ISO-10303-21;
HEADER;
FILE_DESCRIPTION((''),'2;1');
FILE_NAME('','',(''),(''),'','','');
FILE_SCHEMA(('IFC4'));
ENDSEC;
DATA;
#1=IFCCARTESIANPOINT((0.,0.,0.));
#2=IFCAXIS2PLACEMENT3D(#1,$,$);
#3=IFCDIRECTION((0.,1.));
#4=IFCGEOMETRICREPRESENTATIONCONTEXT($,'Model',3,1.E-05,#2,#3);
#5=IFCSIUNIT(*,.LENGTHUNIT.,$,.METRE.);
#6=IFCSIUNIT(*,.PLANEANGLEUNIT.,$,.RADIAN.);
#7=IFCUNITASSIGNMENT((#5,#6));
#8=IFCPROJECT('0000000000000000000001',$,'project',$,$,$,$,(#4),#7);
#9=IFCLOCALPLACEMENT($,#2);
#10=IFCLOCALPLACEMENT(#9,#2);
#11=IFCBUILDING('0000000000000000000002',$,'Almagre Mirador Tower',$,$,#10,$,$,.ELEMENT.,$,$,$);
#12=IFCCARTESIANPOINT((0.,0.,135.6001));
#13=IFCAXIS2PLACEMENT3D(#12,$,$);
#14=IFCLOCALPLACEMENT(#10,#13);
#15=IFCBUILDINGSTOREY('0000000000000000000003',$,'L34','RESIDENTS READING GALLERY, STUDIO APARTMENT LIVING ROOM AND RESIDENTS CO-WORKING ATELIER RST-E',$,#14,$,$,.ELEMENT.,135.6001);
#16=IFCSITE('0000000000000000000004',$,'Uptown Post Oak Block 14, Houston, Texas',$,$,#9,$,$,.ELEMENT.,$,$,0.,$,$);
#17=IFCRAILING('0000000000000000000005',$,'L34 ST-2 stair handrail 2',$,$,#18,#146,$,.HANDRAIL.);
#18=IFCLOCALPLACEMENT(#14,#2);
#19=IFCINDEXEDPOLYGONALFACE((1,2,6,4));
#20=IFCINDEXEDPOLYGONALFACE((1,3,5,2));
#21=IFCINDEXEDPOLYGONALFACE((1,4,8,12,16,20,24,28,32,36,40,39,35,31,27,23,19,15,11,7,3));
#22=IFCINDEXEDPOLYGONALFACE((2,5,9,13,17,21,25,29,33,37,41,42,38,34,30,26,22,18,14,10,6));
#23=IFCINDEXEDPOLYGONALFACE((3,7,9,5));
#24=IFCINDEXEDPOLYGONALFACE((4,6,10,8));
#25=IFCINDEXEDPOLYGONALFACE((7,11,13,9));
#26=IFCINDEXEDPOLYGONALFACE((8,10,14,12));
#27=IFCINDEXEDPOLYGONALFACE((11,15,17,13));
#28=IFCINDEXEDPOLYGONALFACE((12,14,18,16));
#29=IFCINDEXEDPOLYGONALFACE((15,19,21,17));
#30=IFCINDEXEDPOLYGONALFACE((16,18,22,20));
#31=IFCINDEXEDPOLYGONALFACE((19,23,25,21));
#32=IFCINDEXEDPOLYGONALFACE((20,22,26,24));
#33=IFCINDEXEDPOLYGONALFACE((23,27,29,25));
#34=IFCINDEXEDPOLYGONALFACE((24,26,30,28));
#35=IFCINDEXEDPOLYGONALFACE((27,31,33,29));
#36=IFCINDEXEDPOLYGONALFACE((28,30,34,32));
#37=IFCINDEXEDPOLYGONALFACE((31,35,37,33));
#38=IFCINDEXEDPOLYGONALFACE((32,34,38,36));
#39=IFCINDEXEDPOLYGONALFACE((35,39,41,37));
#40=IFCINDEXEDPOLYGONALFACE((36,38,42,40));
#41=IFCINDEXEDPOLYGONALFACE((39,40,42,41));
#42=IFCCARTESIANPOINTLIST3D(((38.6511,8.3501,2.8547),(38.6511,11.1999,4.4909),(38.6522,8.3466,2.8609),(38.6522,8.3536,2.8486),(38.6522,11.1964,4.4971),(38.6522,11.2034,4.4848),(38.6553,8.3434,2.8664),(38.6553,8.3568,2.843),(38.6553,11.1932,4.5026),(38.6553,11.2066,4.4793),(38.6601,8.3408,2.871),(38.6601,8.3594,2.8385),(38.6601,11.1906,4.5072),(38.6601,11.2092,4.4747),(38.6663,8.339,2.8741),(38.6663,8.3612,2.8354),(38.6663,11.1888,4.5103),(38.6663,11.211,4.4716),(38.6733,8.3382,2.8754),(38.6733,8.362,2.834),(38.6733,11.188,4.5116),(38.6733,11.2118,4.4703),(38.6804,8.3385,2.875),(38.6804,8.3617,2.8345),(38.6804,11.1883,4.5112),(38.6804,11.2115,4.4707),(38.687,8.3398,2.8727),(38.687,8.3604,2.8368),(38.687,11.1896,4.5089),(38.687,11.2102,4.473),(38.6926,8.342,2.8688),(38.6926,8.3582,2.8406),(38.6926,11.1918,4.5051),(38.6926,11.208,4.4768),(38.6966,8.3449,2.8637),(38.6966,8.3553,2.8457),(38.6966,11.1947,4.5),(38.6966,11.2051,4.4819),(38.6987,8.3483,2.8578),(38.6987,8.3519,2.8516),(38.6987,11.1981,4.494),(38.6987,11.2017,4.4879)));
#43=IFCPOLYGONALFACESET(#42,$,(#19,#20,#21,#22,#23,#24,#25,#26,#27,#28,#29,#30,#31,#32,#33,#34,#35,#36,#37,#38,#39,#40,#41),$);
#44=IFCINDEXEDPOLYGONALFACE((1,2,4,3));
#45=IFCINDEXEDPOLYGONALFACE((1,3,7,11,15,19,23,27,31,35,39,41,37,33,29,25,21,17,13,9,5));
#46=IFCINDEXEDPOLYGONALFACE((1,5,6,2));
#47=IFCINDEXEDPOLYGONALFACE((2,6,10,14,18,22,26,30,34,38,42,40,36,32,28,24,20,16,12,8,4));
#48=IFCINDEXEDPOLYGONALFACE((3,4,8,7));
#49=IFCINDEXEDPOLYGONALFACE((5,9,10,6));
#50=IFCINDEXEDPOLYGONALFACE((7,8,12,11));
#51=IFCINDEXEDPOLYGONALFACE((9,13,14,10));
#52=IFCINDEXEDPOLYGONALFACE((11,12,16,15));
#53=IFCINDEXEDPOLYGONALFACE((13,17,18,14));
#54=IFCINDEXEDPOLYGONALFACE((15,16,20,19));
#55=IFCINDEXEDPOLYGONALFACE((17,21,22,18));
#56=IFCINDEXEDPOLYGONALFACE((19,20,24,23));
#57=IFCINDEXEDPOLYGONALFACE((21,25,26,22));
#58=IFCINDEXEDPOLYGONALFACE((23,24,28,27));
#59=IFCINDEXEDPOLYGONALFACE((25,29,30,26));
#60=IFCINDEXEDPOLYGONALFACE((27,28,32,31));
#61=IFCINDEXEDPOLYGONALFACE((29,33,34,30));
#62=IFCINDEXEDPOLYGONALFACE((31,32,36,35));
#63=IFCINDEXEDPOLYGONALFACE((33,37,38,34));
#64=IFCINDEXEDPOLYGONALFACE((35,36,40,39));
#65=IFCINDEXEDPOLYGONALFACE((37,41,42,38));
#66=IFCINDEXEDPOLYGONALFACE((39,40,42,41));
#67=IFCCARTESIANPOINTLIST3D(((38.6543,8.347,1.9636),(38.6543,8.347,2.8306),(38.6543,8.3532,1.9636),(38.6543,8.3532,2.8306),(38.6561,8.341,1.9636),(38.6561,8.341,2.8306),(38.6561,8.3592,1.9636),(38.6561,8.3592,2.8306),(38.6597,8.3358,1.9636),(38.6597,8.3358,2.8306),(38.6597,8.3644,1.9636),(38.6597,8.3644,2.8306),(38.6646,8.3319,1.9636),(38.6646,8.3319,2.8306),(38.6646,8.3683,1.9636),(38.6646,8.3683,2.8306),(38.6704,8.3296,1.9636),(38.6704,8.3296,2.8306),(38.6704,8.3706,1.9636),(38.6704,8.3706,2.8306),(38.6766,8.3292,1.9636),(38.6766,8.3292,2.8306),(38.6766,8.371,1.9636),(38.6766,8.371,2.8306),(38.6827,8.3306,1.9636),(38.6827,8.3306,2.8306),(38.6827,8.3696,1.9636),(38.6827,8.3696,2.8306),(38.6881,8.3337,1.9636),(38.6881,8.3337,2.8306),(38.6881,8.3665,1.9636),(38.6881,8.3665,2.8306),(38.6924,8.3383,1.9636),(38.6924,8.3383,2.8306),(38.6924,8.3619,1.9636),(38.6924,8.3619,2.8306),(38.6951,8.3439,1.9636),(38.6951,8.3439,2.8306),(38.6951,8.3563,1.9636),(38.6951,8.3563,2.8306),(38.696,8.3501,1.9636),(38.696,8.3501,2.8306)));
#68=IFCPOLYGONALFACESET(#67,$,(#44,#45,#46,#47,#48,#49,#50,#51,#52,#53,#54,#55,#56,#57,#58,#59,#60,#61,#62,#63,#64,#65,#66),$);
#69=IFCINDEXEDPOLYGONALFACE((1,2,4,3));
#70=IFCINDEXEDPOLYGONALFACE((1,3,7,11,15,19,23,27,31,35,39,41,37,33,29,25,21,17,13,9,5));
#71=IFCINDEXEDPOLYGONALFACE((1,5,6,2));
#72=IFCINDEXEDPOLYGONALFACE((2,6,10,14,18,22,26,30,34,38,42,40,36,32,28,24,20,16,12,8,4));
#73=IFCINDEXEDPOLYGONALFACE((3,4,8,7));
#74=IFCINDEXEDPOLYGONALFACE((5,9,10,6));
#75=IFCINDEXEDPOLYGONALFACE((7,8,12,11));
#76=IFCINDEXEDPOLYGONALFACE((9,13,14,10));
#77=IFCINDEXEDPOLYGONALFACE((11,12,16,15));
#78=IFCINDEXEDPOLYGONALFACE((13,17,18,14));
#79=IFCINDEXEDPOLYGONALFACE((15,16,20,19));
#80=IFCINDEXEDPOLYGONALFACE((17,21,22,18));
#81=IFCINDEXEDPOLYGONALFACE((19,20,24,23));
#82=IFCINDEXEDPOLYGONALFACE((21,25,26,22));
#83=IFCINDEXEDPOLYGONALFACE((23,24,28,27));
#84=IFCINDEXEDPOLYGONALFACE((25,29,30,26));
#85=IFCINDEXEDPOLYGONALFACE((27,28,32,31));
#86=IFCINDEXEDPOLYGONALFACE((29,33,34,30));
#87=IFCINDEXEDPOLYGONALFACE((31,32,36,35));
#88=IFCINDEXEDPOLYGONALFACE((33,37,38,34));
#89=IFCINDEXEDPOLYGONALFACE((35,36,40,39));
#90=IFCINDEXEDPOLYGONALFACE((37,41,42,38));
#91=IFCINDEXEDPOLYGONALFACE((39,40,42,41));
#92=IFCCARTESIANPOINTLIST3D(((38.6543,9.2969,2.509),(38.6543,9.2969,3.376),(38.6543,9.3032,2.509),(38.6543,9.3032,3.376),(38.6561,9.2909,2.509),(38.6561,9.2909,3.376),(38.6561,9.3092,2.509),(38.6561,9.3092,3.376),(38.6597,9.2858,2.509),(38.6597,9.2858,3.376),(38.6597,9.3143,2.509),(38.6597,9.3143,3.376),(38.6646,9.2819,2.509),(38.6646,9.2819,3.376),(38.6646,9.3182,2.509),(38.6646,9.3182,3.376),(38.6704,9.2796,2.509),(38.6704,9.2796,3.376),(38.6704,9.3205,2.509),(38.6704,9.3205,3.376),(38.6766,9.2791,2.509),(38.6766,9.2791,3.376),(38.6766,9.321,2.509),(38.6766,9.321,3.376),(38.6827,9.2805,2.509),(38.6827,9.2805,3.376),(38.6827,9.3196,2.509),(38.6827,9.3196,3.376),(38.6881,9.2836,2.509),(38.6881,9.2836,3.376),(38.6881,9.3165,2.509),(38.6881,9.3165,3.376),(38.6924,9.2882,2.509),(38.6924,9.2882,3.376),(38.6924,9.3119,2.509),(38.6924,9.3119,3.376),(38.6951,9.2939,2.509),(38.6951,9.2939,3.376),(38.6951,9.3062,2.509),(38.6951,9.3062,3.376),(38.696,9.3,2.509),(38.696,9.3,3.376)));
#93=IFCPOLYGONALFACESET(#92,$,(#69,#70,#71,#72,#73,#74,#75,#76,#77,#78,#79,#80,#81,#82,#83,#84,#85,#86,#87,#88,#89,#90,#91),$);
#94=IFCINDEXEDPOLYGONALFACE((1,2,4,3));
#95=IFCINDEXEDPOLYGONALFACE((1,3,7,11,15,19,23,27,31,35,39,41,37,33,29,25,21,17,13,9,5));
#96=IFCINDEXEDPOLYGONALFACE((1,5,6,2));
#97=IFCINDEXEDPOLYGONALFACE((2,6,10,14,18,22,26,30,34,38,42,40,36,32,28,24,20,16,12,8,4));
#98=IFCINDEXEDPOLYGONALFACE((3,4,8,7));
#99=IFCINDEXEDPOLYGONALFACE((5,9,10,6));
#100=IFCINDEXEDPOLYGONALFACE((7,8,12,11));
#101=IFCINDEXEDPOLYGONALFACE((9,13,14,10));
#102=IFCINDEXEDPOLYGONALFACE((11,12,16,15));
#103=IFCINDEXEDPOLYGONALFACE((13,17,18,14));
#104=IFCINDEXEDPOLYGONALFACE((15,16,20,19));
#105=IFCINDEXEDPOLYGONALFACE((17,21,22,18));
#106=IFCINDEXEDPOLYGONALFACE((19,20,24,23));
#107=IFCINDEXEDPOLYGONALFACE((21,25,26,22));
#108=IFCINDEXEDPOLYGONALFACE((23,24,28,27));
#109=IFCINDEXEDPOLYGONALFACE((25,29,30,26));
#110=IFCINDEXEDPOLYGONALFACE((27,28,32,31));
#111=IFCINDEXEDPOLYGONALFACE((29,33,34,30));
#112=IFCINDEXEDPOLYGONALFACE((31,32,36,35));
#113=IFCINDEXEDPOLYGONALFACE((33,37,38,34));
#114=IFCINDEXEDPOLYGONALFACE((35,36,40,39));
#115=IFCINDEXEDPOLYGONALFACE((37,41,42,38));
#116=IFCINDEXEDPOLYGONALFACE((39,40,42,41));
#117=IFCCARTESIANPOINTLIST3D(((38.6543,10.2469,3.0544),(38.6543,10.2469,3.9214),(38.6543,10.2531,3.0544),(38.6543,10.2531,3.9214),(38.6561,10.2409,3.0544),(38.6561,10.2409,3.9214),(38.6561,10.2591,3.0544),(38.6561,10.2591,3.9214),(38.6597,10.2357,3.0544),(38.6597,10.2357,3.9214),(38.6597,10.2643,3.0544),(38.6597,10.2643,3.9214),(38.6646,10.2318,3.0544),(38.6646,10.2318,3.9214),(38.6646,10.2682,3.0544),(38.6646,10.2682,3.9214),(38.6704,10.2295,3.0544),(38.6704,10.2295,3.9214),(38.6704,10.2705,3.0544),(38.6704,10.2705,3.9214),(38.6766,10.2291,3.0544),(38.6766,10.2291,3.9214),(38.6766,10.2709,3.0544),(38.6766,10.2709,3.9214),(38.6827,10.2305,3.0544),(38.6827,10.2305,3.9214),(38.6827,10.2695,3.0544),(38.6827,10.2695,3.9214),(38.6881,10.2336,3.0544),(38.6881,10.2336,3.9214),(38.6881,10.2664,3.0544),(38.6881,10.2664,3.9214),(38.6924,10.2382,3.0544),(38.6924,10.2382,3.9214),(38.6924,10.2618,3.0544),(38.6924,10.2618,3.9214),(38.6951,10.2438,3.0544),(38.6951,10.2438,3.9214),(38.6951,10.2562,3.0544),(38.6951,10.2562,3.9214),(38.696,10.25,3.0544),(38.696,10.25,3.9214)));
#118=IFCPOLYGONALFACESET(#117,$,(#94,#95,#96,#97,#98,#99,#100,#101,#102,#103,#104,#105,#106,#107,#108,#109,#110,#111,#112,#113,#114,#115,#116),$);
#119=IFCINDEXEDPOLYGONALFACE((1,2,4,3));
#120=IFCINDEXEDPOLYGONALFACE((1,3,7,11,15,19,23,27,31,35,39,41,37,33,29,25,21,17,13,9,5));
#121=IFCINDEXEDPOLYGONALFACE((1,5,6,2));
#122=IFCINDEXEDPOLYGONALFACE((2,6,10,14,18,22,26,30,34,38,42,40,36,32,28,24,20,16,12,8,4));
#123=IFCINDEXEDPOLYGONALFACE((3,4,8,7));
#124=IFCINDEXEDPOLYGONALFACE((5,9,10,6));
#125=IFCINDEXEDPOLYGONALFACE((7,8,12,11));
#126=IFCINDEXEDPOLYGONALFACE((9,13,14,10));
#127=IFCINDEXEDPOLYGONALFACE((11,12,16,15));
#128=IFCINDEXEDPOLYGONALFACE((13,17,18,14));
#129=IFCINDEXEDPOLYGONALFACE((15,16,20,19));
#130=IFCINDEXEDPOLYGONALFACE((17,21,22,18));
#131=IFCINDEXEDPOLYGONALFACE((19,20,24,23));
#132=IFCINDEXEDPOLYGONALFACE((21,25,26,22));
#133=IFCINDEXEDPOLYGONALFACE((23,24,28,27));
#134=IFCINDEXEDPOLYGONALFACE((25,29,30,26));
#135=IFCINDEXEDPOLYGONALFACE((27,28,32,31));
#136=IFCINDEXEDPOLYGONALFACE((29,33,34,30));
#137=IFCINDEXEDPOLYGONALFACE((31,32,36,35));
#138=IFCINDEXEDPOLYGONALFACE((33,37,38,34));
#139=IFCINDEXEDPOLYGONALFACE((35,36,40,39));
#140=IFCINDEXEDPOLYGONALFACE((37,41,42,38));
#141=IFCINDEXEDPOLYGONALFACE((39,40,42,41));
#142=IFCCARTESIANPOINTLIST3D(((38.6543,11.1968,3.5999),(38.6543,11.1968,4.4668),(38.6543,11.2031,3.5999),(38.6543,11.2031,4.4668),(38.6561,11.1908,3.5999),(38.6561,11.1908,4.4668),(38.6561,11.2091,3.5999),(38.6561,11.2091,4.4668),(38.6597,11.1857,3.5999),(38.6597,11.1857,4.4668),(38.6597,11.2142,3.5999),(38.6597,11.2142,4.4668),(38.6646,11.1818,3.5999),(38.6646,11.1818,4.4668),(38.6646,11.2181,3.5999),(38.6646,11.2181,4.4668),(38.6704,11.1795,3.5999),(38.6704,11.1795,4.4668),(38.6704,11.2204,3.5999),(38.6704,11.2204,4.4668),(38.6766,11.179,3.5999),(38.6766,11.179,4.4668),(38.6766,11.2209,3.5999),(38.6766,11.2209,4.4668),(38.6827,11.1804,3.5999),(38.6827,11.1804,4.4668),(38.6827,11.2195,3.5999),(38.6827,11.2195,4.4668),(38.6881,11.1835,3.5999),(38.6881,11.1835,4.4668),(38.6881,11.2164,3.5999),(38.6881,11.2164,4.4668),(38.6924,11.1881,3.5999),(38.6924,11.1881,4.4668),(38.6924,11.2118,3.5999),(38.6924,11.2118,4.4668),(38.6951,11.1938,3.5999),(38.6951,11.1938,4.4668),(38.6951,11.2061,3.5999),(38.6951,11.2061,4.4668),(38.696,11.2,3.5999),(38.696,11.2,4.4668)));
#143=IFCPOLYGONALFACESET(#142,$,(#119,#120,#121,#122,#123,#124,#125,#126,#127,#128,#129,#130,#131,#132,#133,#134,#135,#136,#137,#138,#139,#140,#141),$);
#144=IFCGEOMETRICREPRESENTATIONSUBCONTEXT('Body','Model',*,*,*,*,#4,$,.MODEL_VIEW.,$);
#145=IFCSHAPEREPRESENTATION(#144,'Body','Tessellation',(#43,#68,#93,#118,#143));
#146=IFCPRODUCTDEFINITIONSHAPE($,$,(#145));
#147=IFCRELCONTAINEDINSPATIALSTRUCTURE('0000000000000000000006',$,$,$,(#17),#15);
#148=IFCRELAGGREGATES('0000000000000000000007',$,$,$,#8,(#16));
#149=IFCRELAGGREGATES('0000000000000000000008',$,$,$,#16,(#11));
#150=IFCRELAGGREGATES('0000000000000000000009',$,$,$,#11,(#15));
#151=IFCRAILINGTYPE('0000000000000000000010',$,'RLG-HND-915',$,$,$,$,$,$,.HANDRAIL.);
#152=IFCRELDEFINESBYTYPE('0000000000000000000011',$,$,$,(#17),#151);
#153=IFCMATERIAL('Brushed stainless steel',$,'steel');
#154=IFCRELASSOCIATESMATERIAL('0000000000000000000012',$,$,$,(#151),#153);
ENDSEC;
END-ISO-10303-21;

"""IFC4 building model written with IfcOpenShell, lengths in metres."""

from ifc_helpers import new_model, si_unit, direction, frame, origin, origin_2d, place, context, subcontext, project, spatial, circle, extrude, material, type_object, element, save


model = new_model("IFC4")

# Units and contexts
model_context = context("Model", 3, precision=1e-05, world=origin(), true_north=direction((0.0, 1.0)))
body_context = subcontext(model_context, "Body", "Model", "MODEL_VIEW")
ifc_project = project(units=[si_unit("LENGTHUNIT", "METRE"), si_unit("PLANEANGLEUNIT", "RADIAN")], contexts=[model_context])

# Site, building, storey
site_placement = place(None, origin())
site = spatial("IfcSite", under=ifc_project, at=site_placement, Name="Uptown Post Oak Block 14, Houston, Texas", CompositionType="ELEMENT", RefElevation=0.0)
building_placement = place(site_placement, origin())
building = spatial("IfcBuilding", under=site, at=building_placement, Name="Almagre Mirador Tower", CompositionType="ELEMENT")
storey_placement = place(building_placement, frame((0.0, 0.0, 135.6001)))
storey = spatial("IfcBuildingStorey", under=building, at=storey_placement, Name="L34", Description="RESIDENTS READING GALLERY, STUDIO APARTMENT LIVING ROOM AND RESIDENTS CO-WORKING ATELIER RST-E", CompositionType="ELEMENT", Elevation=135.6001)

# Railing
ifc_material_1 = material(Name="Brushed stainless steel", Category="steel")
railing_type_1 = type_object("IfcRailingType", Name="RLG-HND-915", PredefinedType="HANDRAIL", material=ifc_material_1)
railing_1_placement = place(storey_placement, frame((38.675, 8.3501, 1.9636)))
element("IfcRailing", 1, at=railing_1_placement, inside=storey, type_object=railing_type_1, Name="L34 ST-2 stair handrail 2", PredefinedType="HANDRAIL", context=body_context, shape_type="SweptSolid", body=[
    extrude(circle(Radius=0.0239, at=origin_2d()), frame((0.0, 0.0, 0.8911), z_axis=(0.0, 0.867226, 0.497914), x_axis=(-1.0, 0.0, 0.0)), (0.0, 0.0, 1.0), 3.2861),
    extrude(circle(Radius=0.021, at=origin_2d()), origin(), (0.0, 0.0, 1.0), 0.8669),
    extrude(circle(Radius=0.021, at=origin_2d()), frame((0.0, 0.95, 0.5454)), (0.0, 0.0, 1.0), 0.8669),
    extrude(circle(Radius=0.021, at=origin_2d()), frame((0.0, 1.8999, 1.0908)), (0.0, 0.0, 1.0), 0.8669),
    extrude(circle(Radius=0.021, at=origin_2d()), frame((0.0, 2.8499, 1.6362)), (0.0, 0.0, 1.0), 0.8669),
])

save(model, "model.ifc")
